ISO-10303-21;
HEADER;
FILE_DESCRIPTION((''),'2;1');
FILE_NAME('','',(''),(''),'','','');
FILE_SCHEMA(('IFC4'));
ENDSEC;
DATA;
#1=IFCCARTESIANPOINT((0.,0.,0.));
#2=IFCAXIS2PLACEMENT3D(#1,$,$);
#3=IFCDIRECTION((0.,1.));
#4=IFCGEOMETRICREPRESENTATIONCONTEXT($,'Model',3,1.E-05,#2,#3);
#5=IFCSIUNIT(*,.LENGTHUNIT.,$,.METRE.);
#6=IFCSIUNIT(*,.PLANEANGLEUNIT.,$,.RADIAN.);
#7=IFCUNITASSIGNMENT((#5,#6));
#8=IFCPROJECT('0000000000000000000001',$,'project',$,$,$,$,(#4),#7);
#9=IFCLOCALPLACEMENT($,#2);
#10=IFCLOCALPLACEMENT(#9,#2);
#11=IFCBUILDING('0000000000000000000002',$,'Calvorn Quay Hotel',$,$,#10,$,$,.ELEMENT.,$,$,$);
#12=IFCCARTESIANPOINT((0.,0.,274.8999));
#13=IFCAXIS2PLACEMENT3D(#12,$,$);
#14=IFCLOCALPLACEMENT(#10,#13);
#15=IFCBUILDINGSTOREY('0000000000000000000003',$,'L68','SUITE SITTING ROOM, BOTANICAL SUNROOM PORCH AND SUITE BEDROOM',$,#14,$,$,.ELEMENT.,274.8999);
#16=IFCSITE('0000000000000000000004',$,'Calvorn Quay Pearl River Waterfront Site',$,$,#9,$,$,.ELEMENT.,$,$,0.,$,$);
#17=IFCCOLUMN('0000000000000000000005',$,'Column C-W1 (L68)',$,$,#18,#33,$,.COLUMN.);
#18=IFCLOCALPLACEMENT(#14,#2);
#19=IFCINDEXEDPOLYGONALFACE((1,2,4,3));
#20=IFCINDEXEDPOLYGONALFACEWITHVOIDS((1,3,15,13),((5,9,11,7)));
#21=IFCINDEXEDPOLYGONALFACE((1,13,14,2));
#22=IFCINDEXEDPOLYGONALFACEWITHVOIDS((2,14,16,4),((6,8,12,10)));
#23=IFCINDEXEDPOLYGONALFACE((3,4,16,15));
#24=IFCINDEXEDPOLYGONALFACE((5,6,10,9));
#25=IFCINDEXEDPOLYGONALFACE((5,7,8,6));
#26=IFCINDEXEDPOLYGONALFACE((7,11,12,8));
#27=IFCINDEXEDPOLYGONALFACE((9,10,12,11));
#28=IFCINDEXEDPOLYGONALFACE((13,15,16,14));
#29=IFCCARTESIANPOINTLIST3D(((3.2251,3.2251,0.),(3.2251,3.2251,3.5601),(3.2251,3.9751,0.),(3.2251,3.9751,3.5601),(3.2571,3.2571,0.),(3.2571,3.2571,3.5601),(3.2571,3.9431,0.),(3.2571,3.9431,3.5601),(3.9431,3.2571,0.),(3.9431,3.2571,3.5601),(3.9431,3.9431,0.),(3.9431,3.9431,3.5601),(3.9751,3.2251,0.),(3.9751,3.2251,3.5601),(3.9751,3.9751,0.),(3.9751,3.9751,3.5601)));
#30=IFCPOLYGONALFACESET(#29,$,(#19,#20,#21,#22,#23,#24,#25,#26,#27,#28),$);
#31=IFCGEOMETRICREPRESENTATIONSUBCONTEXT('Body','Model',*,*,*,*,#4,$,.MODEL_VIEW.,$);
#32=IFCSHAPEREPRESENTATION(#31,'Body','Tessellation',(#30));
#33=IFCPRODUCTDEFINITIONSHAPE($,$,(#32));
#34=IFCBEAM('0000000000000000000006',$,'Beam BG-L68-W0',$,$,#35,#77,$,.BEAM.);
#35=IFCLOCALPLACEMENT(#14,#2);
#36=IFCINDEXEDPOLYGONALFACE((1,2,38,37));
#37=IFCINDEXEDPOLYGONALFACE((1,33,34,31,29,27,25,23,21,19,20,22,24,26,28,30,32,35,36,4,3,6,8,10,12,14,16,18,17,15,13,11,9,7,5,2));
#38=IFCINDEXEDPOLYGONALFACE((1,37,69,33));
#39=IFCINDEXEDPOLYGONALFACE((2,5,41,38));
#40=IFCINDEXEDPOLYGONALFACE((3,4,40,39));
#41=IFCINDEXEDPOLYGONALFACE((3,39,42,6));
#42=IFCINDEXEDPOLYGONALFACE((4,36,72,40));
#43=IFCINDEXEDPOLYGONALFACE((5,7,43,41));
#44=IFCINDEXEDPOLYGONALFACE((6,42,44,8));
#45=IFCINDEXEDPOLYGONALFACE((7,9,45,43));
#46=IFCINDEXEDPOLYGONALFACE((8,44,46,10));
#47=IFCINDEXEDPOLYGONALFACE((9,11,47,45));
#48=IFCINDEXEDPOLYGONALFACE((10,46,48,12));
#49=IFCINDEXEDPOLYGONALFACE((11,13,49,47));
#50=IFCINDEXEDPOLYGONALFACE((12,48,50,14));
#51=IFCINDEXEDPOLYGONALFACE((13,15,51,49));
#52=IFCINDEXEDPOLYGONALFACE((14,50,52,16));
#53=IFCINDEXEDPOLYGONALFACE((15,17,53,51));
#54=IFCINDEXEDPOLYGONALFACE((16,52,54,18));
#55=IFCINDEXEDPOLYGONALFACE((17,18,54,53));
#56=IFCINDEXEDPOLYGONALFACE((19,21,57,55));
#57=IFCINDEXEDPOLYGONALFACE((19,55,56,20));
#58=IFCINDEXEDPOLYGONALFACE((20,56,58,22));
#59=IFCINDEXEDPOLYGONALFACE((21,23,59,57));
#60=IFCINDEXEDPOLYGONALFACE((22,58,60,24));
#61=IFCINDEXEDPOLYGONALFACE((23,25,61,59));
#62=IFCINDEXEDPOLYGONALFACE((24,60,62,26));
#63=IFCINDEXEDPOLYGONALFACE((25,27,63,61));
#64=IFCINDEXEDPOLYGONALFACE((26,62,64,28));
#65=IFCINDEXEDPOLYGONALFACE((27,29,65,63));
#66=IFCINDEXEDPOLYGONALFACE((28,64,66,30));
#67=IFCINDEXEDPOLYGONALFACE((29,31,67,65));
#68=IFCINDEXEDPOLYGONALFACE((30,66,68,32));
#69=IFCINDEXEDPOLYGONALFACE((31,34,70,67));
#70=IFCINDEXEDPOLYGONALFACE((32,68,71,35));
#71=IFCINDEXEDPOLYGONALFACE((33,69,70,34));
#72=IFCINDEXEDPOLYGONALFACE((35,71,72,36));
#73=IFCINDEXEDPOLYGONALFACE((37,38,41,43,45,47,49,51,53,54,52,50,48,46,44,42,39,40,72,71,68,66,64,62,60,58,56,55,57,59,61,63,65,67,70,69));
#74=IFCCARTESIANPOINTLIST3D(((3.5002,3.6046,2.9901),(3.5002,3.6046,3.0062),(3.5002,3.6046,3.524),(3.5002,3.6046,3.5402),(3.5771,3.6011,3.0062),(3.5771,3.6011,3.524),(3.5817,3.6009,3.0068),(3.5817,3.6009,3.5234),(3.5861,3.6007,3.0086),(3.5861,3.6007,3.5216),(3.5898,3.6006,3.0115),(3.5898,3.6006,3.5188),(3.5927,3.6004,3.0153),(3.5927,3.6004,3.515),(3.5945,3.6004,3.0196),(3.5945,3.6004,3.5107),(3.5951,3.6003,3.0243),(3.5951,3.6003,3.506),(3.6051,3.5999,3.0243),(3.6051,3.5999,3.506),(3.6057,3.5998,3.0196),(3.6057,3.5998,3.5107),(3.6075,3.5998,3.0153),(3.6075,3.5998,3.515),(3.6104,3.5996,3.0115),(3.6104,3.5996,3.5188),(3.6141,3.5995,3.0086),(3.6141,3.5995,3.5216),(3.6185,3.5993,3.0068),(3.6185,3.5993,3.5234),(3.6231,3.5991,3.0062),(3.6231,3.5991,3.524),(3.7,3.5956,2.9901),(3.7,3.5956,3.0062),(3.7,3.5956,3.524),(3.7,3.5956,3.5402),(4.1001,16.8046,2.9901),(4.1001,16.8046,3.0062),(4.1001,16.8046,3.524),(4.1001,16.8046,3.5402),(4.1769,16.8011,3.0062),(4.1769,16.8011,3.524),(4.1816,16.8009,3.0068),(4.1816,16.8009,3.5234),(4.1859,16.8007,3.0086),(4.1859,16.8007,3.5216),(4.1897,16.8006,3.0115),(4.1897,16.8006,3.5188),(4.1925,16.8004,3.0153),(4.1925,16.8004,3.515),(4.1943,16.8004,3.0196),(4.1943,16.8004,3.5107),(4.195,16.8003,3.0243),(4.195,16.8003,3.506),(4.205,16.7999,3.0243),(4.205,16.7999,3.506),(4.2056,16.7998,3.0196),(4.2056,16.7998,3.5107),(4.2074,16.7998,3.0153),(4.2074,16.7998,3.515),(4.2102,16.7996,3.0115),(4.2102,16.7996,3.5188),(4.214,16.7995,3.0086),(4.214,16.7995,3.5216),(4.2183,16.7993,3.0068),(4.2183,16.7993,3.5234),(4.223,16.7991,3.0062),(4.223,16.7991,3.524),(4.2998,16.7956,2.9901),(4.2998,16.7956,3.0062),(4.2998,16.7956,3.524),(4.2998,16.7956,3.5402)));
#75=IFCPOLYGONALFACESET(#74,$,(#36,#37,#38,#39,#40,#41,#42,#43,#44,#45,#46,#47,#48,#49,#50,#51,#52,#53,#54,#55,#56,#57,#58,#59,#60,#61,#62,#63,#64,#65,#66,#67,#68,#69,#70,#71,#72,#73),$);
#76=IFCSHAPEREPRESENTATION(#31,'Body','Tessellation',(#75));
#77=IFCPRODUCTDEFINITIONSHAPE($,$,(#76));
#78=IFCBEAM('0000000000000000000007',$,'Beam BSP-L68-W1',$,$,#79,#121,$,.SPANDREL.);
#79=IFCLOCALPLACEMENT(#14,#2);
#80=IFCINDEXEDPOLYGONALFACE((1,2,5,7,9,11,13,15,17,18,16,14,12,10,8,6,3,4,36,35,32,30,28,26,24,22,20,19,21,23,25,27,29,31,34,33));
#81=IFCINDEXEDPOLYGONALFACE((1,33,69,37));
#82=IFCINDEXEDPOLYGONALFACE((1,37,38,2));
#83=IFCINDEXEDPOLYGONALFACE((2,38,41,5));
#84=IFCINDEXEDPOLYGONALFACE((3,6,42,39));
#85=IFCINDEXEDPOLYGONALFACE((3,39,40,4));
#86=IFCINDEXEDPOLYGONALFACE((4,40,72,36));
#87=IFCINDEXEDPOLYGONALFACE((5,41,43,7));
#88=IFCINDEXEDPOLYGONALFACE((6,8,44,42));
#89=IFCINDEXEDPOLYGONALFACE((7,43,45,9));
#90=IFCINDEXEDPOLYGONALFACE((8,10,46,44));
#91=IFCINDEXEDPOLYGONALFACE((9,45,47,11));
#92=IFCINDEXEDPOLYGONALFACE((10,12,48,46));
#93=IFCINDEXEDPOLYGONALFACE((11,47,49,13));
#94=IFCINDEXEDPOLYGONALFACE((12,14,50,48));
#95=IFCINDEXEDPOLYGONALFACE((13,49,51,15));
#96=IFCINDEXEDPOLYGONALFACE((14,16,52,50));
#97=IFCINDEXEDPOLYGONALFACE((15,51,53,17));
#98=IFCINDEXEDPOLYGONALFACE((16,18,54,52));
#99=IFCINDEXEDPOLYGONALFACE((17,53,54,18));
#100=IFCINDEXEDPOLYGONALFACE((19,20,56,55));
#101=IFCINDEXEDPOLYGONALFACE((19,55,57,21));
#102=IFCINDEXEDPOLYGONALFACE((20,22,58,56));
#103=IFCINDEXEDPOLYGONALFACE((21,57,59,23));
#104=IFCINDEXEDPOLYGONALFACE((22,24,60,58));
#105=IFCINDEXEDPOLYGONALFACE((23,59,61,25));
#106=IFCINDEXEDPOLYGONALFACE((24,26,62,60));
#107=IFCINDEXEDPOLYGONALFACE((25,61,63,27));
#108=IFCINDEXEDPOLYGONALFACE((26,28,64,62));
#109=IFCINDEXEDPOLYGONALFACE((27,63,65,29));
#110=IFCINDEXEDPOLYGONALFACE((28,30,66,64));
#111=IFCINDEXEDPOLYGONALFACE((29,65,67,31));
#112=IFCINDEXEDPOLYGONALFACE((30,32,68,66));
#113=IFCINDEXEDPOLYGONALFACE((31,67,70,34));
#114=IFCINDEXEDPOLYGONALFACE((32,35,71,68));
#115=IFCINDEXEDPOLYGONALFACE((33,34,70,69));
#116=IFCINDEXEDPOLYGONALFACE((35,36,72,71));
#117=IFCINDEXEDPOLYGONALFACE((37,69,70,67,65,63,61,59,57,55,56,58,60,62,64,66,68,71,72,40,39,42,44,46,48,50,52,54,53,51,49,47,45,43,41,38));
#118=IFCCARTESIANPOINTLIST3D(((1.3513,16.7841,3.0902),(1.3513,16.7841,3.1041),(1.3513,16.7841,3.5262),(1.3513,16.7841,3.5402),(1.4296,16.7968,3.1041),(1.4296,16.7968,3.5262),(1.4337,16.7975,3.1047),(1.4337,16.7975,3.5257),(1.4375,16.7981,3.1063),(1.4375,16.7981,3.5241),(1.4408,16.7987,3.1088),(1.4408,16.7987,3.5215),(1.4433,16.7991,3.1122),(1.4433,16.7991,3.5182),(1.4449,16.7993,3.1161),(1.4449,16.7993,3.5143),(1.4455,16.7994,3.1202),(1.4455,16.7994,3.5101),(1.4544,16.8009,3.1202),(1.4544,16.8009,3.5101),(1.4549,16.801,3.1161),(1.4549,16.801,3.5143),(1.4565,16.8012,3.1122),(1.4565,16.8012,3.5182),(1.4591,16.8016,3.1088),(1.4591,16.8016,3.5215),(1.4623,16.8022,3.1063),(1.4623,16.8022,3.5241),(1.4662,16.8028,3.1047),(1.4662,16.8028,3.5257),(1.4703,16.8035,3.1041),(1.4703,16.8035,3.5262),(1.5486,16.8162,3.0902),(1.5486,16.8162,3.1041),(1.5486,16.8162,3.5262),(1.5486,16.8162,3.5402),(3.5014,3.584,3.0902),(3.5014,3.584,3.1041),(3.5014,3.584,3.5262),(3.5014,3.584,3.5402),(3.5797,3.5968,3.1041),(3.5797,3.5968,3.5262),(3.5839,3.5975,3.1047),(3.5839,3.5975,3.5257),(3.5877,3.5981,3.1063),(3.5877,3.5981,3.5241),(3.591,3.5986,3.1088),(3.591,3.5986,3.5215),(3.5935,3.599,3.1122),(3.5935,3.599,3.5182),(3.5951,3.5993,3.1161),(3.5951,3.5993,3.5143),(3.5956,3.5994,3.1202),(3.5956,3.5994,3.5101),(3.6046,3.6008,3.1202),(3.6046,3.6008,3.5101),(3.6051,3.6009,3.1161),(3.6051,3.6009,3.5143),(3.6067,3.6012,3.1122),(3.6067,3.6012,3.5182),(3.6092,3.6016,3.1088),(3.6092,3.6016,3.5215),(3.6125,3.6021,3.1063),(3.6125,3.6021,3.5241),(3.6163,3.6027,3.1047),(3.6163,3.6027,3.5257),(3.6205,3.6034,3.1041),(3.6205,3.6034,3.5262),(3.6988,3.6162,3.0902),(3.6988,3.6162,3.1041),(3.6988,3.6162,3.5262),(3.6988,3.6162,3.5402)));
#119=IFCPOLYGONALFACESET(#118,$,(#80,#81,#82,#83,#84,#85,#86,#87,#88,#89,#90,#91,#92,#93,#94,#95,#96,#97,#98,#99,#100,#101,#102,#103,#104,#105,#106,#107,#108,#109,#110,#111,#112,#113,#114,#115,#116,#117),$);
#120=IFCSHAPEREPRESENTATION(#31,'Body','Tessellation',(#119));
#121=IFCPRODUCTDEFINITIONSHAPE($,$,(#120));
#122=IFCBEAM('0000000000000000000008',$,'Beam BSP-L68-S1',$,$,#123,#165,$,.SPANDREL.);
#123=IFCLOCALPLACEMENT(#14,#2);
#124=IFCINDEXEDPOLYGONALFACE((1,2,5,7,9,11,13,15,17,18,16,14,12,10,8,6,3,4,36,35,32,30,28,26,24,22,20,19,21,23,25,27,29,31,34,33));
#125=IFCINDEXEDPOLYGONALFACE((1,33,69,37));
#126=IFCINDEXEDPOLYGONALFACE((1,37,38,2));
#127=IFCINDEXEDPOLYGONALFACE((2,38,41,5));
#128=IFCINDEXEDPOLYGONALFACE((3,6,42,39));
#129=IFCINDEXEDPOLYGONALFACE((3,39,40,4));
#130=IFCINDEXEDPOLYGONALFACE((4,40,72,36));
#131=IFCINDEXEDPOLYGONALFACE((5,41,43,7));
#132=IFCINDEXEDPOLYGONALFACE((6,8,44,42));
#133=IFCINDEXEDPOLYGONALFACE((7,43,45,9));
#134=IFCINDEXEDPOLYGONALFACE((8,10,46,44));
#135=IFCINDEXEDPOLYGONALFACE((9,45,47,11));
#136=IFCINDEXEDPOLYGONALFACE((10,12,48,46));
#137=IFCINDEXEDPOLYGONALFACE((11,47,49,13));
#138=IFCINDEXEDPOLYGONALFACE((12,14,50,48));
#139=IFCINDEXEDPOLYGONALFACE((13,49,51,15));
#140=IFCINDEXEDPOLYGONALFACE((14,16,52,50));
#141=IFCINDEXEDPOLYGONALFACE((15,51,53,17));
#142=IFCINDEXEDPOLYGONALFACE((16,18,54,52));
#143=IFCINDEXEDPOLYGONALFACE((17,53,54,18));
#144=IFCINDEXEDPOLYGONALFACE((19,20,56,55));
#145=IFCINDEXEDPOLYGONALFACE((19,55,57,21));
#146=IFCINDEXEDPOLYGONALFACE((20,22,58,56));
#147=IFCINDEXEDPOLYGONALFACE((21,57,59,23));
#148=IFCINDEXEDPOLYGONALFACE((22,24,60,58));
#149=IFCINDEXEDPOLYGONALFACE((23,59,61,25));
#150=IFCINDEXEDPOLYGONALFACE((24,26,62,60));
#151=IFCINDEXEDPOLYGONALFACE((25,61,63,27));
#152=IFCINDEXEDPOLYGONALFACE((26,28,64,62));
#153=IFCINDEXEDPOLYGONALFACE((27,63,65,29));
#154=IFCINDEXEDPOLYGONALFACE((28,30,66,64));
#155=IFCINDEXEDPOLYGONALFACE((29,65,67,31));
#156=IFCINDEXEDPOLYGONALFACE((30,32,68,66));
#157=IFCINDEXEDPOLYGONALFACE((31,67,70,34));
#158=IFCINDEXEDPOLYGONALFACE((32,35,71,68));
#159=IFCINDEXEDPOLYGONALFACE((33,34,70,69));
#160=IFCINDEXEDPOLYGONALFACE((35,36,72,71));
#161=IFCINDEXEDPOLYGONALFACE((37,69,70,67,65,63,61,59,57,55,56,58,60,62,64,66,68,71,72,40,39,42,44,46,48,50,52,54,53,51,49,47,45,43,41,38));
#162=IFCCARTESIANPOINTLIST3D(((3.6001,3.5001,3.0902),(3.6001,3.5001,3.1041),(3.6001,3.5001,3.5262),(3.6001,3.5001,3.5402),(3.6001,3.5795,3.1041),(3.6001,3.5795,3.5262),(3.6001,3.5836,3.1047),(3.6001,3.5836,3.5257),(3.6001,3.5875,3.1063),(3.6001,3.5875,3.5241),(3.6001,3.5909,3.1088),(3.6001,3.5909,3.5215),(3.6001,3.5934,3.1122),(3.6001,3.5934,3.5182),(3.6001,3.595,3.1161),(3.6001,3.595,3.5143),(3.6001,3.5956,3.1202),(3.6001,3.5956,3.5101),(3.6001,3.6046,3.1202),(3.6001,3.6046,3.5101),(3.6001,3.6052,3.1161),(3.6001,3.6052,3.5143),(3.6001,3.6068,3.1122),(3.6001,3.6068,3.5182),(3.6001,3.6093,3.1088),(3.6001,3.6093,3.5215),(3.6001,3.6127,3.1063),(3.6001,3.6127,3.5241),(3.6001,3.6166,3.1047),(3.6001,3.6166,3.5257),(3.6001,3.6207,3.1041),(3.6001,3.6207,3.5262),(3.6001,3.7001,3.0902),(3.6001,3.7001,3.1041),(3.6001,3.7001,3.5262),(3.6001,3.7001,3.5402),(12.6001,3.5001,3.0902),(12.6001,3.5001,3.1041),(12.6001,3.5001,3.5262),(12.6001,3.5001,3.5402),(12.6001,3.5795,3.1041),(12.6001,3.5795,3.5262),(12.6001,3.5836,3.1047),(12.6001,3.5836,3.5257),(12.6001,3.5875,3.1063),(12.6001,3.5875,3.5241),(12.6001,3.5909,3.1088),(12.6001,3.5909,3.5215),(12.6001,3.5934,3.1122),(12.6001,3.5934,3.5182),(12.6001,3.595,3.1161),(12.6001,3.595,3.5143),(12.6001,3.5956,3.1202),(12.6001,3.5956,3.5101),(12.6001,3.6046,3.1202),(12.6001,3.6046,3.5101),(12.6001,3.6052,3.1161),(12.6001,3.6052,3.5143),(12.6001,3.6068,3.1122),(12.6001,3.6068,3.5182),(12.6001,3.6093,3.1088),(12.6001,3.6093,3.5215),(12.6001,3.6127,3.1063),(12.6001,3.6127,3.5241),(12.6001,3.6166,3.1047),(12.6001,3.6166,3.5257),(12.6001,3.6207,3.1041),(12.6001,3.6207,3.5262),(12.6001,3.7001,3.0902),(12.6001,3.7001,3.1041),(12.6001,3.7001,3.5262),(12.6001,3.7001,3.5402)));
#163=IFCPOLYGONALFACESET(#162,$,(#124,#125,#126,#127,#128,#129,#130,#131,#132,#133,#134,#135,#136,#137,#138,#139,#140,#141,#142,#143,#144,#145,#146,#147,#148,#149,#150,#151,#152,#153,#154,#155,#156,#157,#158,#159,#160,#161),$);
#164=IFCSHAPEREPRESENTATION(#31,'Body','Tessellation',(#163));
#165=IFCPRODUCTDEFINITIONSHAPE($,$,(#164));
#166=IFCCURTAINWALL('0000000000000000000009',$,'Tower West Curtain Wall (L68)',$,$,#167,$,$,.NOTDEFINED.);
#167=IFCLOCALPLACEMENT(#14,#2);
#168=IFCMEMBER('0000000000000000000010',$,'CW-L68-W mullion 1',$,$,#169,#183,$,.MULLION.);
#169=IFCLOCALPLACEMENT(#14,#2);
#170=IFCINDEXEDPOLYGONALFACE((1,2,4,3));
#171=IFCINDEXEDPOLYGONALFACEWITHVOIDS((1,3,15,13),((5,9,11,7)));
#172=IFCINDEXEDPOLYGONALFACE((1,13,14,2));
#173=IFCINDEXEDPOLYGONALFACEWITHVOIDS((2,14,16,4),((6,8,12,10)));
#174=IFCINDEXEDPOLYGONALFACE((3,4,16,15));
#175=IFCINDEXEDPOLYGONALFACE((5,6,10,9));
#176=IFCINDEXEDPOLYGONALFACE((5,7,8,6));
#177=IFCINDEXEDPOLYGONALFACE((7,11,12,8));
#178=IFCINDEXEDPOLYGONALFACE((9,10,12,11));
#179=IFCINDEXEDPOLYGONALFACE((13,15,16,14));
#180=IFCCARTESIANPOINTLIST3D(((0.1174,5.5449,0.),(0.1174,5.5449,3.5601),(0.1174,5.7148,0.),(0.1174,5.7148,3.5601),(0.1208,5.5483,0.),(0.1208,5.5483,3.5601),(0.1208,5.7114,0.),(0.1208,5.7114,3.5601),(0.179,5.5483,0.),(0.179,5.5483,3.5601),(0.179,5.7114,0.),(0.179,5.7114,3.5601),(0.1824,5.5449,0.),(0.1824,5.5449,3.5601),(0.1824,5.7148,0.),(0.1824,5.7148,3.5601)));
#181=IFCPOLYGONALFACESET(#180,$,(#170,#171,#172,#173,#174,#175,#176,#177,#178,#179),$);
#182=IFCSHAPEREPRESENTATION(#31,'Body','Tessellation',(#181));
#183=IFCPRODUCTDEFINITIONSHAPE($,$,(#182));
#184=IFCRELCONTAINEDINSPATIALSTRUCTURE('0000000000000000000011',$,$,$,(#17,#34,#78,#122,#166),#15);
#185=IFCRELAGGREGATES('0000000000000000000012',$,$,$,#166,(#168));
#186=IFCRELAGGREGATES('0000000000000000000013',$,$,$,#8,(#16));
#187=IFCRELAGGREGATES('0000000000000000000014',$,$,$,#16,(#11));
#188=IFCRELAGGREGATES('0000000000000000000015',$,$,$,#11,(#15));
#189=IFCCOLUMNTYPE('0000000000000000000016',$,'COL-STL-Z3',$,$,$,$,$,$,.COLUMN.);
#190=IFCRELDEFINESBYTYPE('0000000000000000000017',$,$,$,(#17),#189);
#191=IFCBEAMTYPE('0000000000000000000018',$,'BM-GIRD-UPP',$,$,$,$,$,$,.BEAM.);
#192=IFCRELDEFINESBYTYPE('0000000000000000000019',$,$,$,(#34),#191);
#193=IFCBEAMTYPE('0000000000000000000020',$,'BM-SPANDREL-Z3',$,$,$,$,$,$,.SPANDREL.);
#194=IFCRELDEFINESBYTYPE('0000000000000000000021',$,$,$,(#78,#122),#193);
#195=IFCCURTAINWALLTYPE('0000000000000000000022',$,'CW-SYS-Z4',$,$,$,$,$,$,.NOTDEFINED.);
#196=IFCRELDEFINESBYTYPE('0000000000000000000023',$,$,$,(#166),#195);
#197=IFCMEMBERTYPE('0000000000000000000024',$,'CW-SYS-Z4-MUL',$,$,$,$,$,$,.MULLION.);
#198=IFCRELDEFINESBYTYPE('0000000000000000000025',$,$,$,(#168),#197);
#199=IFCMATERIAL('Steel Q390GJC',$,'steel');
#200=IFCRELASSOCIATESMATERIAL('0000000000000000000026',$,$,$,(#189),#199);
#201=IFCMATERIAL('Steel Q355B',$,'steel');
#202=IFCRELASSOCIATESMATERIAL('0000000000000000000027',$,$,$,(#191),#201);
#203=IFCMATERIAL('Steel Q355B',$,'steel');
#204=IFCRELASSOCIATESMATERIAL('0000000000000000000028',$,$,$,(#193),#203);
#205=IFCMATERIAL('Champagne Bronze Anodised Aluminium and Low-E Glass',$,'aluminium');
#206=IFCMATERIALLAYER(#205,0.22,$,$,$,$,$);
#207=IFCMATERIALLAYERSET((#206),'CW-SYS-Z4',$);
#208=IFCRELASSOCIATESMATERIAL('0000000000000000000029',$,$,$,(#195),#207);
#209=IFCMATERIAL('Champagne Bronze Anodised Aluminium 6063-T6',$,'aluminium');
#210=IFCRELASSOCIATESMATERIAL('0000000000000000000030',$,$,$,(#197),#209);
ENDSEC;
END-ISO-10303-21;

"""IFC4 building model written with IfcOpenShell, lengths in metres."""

from ifc_helpers import new_model, si_unit, direction, frame, origin, origin_2d, place, context, subcontext, project, spatial, hollow_rectangle, i_section, extrude, material, layer, layer_set, material_profile, profile_set, type_object, element, aggregate, save


model = new_model("IFC4")

# Units and contexts
model_context = context("Model", 3, precision=1e-05, world=origin(), true_north=direction((0.0, 1.0)))
body_context = subcontext(model_context, "Body", "Model", "MODEL_VIEW")
ifc_project = project(units=[si_unit("LENGTHUNIT", "METRE"), si_unit("PLANEANGLEUNIT", "RADIAN")], contexts=[model_context])

# Site, building, storey
site_placement = place(None, origin())
site = spatial("IfcSite", under=ifc_project, at=site_placement, Name="Calvorn Quay Pearl River Waterfront Site", CompositionType="ELEMENT", RefElevation=0.0)
building_placement = place(site_placement, origin())
building = spatial("IfcBuilding", under=site, at=building_placement, Name="Calvorn Quay Hotel", CompositionType="ELEMENT")
storey_placement = place(building_placement, frame((0.0, 0.0, 274.8999)))
storey = spatial("IfcBuildingStorey", under=building, at=storey_placement, Name="L68", Description="SUITE SITTING ROOM, BOTANICAL SUNROOM PORCH AND SUITE BEDROOM", CompositionType="ELEMENT", Elevation=274.8999)

# Column
ifc_material_1 = material(Name="Steel Q390GJC", Category="steel")
ifc_material_profile_1 = material_profile(ifc_material_1, hollow_rectangle(XDim=0.75, YDim=0.75, WallThickness=0.032, at=origin_2d()), Name="BOX750x750x32")
ifc_profile_set_1 = profile_set([ifc_material_profile_1], Name="Steel Q390GJC")
column_type = type_object("IfcColumnType", Name="COL-STL-Z3", PredefinedType="COLUMN", material=ifc_profile_set_1)
column_placement = place(storey_placement, frame((3.6001, 3.6001, 0.0), z_axis=(0.0, 0.0, 1.0), x_axis=(1.0, 0.0, 0.0)))
element("IfcColumn", 1, at=column_placement, inside=storey, type_object=column_type, Name="Column C-W1 (L68)", PredefinedType="COLUMN", context=body_context, shape_type="SweptSolid", body=[
    extrude(hollow_rectangle(XDim=0.75, YDim=0.75, WallThickness=0.032, at=origin_2d()), origin(), (0.0, 0.0, 1.0), 3.5601),
])

# Beams
ifc_material_2 = material(Name="Steel Q355B", Category="steel")
ifc_material_profile_2 = material_profile(ifc_material_2, i_section(OverallWidth=0.2, OverallDepth=0.55, WebThickness=0.01, FlangeThickness=0.0161, FilletRadius=0.0181, at=origin_2d()), Name="HN550x200x10x16")
ifc_profile_set_2 = profile_set([ifc_material_profile_2], Name="Steel Q355B")
beam_type_1 = type_object("IfcBeamType", Name="BM-GIRD-UPP", PredefinedType="BEAM", material=ifc_profile_set_2)
beam_1_placement = place(storey_placement, frame((3.6001, 3.6001, 3.2651), z_axis=(0.045397, 0.998969, 0.0), x_axis=(-0.998969, 0.045397, 0.0)))
element("IfcBeam", 2, at=beam_1_placement, inside=storey, type_object=beam_type_1, Name="Beam BG-L68-W0", PredefinedType="BEAM", context=body_context, shape_type="SweptSolid", body=[
    extrude(i_section(OverallWidth=0.2, OverallDepth=0.55, WebThickness=0.01, FlangeThickness=0.0161, FilletRadius=0.0181, at=origin_2d()), origin(), (0.0, 0.0, 1.0), 13.2136),
])
ifc_material_3 = material(Name="Steel Q355B", Category="steel")
ifc_material_profile_3 = material_profile(ifc_material_3, i_section(OverallWidth=0.2, OverallDepth=0.45, WebThickness=0.009, FlangeThickness=0.0139, FilletRadius=0.0161, at=origin_2d()), Name="HN450x200x9x14")
ifc_profile_set_3 = profile_set([ifc_material_profile_3], Name="Steel Q355B")
beam_type_2 = type_object("IfcBeamType", Name="BM-SPANDREL-Z3", PredefinedType="SPANDREL", material=ifc_profile_set_3)
beam_2_placement = place(storey_placement, frame((3.6001, 3.6001, 3.3152), z_axis=(-0.160772, 0.986992, 0.0), x_axis=(-0.986992, -0.160772, 0.0)))
element("IfcBeam", 3, at=beam_2_placement, inside=storey, type_object=beam_type_2, Name="Beam BSP-L68-W1", PredefinedType="SPANDREL", context=body_context, shape_type="SweptSolid", body=[
    extrude(i_section(OverallWidth=0.2, OverallDepth=0.45, WebThickness=0.009, FlangeThickness=0.0139, FilletRadius=0.0161, at=origin_2d()), origin(), (0.0, 0.0, 1.0), 13.374),
])
beam_3_placement = place(storey_placement, frame((3.6001, 3.6001, 3.3152), z_axis=(1.0, 0.0, 0.0), x_axis=(0.0, 1.0, 0.0)))
element("IfcBeam", 4, at=beam_3_placement, inside=storey, type_object=beam_type_2, Name="Beam BSP-L68-S1", PredefinedType="SPANDREL", context=body_context, shape_type="SweptSolid", body=[
    extrude(i_section(OverallWidth=0.2, OverallDepth=0.45, WebThickness=0.009, FlangeThickness=0.0139, FilletRadius=0.0161, at=origin_2d()), origin(), (0.0, 0.0, 1.0), 9.0),
])

# Curtain wall, member
ifc_material_4 = material(Name="Champagne Bronze Anodised Aluminium and Low-E Glass", Category="aluminium")
ifc_layer_1 = layer(ifc_material_4, 0.22)
ifc_layer_set_1 = layer_set([ifc_layer_1], Name="CW-SYS-Z4")
curtain_wall_type = type_object("IfcCurtainWallType", Name="CW-SYS-Z4", PredefinedType="NOTDEFINED", material=ifc_layer_set_1)
curtain_wall_placement = place(storey_placement, origin())
curtain_wall = element("IfcCurtainWall", 5, at=curtain_wall_placement, inside=storey, type_object=curtain_wall_type, Name="Tower West Curtain Wall (L68)", PredefinedType="NOTDEFINED")
ifc_material_5 = material(Name="Champagne Bronze Anodised Aluminium 6063-T6", Category="aluminium")
ifc_material_profile_4 = material_profile(ifc_material_5, hollow_rectangle(XDim=0.0649, YDim=0.1699, WallThickness=0.0034, at=origin_2d()), Name="ALU-M170x65x3.5")
ifc_profile_set_4 = profile_set([ifc_material_profile_4], Name="Champagne Bronze Anodised Aluminium 6063-T6")
member_type_1 = type_object("IfcMemberType", Name="CW-SYS-Z4-MUL", PredefinedType="MULLION", material=ifc_profile_set_4)
member_1_placement = place(storey_placement, frame((0.1499, 5.6299, 0.0), z_axis=(0.0, 0.0, 1.0), x_axis=(-1.0, 0.0, 0.0)))
member_1 = element("IfcMember", 6, at=member_1_placement, type_object=member_type_1, Name="CW-L68-W mullion 1", PredefinedType="MULLION", context=body_context, shape_type="SweptSolid", body=[
    extrude(hollow_rectangle(XDim=0.0649, YDim=0.1699, WallThickness=0.0034, at=origin_2d()), origin(), (0.0, 0.0, 1.0), 3.5601),
])
aggregate(curtain_wall, [member_1])

save(model, "model.ifc")
